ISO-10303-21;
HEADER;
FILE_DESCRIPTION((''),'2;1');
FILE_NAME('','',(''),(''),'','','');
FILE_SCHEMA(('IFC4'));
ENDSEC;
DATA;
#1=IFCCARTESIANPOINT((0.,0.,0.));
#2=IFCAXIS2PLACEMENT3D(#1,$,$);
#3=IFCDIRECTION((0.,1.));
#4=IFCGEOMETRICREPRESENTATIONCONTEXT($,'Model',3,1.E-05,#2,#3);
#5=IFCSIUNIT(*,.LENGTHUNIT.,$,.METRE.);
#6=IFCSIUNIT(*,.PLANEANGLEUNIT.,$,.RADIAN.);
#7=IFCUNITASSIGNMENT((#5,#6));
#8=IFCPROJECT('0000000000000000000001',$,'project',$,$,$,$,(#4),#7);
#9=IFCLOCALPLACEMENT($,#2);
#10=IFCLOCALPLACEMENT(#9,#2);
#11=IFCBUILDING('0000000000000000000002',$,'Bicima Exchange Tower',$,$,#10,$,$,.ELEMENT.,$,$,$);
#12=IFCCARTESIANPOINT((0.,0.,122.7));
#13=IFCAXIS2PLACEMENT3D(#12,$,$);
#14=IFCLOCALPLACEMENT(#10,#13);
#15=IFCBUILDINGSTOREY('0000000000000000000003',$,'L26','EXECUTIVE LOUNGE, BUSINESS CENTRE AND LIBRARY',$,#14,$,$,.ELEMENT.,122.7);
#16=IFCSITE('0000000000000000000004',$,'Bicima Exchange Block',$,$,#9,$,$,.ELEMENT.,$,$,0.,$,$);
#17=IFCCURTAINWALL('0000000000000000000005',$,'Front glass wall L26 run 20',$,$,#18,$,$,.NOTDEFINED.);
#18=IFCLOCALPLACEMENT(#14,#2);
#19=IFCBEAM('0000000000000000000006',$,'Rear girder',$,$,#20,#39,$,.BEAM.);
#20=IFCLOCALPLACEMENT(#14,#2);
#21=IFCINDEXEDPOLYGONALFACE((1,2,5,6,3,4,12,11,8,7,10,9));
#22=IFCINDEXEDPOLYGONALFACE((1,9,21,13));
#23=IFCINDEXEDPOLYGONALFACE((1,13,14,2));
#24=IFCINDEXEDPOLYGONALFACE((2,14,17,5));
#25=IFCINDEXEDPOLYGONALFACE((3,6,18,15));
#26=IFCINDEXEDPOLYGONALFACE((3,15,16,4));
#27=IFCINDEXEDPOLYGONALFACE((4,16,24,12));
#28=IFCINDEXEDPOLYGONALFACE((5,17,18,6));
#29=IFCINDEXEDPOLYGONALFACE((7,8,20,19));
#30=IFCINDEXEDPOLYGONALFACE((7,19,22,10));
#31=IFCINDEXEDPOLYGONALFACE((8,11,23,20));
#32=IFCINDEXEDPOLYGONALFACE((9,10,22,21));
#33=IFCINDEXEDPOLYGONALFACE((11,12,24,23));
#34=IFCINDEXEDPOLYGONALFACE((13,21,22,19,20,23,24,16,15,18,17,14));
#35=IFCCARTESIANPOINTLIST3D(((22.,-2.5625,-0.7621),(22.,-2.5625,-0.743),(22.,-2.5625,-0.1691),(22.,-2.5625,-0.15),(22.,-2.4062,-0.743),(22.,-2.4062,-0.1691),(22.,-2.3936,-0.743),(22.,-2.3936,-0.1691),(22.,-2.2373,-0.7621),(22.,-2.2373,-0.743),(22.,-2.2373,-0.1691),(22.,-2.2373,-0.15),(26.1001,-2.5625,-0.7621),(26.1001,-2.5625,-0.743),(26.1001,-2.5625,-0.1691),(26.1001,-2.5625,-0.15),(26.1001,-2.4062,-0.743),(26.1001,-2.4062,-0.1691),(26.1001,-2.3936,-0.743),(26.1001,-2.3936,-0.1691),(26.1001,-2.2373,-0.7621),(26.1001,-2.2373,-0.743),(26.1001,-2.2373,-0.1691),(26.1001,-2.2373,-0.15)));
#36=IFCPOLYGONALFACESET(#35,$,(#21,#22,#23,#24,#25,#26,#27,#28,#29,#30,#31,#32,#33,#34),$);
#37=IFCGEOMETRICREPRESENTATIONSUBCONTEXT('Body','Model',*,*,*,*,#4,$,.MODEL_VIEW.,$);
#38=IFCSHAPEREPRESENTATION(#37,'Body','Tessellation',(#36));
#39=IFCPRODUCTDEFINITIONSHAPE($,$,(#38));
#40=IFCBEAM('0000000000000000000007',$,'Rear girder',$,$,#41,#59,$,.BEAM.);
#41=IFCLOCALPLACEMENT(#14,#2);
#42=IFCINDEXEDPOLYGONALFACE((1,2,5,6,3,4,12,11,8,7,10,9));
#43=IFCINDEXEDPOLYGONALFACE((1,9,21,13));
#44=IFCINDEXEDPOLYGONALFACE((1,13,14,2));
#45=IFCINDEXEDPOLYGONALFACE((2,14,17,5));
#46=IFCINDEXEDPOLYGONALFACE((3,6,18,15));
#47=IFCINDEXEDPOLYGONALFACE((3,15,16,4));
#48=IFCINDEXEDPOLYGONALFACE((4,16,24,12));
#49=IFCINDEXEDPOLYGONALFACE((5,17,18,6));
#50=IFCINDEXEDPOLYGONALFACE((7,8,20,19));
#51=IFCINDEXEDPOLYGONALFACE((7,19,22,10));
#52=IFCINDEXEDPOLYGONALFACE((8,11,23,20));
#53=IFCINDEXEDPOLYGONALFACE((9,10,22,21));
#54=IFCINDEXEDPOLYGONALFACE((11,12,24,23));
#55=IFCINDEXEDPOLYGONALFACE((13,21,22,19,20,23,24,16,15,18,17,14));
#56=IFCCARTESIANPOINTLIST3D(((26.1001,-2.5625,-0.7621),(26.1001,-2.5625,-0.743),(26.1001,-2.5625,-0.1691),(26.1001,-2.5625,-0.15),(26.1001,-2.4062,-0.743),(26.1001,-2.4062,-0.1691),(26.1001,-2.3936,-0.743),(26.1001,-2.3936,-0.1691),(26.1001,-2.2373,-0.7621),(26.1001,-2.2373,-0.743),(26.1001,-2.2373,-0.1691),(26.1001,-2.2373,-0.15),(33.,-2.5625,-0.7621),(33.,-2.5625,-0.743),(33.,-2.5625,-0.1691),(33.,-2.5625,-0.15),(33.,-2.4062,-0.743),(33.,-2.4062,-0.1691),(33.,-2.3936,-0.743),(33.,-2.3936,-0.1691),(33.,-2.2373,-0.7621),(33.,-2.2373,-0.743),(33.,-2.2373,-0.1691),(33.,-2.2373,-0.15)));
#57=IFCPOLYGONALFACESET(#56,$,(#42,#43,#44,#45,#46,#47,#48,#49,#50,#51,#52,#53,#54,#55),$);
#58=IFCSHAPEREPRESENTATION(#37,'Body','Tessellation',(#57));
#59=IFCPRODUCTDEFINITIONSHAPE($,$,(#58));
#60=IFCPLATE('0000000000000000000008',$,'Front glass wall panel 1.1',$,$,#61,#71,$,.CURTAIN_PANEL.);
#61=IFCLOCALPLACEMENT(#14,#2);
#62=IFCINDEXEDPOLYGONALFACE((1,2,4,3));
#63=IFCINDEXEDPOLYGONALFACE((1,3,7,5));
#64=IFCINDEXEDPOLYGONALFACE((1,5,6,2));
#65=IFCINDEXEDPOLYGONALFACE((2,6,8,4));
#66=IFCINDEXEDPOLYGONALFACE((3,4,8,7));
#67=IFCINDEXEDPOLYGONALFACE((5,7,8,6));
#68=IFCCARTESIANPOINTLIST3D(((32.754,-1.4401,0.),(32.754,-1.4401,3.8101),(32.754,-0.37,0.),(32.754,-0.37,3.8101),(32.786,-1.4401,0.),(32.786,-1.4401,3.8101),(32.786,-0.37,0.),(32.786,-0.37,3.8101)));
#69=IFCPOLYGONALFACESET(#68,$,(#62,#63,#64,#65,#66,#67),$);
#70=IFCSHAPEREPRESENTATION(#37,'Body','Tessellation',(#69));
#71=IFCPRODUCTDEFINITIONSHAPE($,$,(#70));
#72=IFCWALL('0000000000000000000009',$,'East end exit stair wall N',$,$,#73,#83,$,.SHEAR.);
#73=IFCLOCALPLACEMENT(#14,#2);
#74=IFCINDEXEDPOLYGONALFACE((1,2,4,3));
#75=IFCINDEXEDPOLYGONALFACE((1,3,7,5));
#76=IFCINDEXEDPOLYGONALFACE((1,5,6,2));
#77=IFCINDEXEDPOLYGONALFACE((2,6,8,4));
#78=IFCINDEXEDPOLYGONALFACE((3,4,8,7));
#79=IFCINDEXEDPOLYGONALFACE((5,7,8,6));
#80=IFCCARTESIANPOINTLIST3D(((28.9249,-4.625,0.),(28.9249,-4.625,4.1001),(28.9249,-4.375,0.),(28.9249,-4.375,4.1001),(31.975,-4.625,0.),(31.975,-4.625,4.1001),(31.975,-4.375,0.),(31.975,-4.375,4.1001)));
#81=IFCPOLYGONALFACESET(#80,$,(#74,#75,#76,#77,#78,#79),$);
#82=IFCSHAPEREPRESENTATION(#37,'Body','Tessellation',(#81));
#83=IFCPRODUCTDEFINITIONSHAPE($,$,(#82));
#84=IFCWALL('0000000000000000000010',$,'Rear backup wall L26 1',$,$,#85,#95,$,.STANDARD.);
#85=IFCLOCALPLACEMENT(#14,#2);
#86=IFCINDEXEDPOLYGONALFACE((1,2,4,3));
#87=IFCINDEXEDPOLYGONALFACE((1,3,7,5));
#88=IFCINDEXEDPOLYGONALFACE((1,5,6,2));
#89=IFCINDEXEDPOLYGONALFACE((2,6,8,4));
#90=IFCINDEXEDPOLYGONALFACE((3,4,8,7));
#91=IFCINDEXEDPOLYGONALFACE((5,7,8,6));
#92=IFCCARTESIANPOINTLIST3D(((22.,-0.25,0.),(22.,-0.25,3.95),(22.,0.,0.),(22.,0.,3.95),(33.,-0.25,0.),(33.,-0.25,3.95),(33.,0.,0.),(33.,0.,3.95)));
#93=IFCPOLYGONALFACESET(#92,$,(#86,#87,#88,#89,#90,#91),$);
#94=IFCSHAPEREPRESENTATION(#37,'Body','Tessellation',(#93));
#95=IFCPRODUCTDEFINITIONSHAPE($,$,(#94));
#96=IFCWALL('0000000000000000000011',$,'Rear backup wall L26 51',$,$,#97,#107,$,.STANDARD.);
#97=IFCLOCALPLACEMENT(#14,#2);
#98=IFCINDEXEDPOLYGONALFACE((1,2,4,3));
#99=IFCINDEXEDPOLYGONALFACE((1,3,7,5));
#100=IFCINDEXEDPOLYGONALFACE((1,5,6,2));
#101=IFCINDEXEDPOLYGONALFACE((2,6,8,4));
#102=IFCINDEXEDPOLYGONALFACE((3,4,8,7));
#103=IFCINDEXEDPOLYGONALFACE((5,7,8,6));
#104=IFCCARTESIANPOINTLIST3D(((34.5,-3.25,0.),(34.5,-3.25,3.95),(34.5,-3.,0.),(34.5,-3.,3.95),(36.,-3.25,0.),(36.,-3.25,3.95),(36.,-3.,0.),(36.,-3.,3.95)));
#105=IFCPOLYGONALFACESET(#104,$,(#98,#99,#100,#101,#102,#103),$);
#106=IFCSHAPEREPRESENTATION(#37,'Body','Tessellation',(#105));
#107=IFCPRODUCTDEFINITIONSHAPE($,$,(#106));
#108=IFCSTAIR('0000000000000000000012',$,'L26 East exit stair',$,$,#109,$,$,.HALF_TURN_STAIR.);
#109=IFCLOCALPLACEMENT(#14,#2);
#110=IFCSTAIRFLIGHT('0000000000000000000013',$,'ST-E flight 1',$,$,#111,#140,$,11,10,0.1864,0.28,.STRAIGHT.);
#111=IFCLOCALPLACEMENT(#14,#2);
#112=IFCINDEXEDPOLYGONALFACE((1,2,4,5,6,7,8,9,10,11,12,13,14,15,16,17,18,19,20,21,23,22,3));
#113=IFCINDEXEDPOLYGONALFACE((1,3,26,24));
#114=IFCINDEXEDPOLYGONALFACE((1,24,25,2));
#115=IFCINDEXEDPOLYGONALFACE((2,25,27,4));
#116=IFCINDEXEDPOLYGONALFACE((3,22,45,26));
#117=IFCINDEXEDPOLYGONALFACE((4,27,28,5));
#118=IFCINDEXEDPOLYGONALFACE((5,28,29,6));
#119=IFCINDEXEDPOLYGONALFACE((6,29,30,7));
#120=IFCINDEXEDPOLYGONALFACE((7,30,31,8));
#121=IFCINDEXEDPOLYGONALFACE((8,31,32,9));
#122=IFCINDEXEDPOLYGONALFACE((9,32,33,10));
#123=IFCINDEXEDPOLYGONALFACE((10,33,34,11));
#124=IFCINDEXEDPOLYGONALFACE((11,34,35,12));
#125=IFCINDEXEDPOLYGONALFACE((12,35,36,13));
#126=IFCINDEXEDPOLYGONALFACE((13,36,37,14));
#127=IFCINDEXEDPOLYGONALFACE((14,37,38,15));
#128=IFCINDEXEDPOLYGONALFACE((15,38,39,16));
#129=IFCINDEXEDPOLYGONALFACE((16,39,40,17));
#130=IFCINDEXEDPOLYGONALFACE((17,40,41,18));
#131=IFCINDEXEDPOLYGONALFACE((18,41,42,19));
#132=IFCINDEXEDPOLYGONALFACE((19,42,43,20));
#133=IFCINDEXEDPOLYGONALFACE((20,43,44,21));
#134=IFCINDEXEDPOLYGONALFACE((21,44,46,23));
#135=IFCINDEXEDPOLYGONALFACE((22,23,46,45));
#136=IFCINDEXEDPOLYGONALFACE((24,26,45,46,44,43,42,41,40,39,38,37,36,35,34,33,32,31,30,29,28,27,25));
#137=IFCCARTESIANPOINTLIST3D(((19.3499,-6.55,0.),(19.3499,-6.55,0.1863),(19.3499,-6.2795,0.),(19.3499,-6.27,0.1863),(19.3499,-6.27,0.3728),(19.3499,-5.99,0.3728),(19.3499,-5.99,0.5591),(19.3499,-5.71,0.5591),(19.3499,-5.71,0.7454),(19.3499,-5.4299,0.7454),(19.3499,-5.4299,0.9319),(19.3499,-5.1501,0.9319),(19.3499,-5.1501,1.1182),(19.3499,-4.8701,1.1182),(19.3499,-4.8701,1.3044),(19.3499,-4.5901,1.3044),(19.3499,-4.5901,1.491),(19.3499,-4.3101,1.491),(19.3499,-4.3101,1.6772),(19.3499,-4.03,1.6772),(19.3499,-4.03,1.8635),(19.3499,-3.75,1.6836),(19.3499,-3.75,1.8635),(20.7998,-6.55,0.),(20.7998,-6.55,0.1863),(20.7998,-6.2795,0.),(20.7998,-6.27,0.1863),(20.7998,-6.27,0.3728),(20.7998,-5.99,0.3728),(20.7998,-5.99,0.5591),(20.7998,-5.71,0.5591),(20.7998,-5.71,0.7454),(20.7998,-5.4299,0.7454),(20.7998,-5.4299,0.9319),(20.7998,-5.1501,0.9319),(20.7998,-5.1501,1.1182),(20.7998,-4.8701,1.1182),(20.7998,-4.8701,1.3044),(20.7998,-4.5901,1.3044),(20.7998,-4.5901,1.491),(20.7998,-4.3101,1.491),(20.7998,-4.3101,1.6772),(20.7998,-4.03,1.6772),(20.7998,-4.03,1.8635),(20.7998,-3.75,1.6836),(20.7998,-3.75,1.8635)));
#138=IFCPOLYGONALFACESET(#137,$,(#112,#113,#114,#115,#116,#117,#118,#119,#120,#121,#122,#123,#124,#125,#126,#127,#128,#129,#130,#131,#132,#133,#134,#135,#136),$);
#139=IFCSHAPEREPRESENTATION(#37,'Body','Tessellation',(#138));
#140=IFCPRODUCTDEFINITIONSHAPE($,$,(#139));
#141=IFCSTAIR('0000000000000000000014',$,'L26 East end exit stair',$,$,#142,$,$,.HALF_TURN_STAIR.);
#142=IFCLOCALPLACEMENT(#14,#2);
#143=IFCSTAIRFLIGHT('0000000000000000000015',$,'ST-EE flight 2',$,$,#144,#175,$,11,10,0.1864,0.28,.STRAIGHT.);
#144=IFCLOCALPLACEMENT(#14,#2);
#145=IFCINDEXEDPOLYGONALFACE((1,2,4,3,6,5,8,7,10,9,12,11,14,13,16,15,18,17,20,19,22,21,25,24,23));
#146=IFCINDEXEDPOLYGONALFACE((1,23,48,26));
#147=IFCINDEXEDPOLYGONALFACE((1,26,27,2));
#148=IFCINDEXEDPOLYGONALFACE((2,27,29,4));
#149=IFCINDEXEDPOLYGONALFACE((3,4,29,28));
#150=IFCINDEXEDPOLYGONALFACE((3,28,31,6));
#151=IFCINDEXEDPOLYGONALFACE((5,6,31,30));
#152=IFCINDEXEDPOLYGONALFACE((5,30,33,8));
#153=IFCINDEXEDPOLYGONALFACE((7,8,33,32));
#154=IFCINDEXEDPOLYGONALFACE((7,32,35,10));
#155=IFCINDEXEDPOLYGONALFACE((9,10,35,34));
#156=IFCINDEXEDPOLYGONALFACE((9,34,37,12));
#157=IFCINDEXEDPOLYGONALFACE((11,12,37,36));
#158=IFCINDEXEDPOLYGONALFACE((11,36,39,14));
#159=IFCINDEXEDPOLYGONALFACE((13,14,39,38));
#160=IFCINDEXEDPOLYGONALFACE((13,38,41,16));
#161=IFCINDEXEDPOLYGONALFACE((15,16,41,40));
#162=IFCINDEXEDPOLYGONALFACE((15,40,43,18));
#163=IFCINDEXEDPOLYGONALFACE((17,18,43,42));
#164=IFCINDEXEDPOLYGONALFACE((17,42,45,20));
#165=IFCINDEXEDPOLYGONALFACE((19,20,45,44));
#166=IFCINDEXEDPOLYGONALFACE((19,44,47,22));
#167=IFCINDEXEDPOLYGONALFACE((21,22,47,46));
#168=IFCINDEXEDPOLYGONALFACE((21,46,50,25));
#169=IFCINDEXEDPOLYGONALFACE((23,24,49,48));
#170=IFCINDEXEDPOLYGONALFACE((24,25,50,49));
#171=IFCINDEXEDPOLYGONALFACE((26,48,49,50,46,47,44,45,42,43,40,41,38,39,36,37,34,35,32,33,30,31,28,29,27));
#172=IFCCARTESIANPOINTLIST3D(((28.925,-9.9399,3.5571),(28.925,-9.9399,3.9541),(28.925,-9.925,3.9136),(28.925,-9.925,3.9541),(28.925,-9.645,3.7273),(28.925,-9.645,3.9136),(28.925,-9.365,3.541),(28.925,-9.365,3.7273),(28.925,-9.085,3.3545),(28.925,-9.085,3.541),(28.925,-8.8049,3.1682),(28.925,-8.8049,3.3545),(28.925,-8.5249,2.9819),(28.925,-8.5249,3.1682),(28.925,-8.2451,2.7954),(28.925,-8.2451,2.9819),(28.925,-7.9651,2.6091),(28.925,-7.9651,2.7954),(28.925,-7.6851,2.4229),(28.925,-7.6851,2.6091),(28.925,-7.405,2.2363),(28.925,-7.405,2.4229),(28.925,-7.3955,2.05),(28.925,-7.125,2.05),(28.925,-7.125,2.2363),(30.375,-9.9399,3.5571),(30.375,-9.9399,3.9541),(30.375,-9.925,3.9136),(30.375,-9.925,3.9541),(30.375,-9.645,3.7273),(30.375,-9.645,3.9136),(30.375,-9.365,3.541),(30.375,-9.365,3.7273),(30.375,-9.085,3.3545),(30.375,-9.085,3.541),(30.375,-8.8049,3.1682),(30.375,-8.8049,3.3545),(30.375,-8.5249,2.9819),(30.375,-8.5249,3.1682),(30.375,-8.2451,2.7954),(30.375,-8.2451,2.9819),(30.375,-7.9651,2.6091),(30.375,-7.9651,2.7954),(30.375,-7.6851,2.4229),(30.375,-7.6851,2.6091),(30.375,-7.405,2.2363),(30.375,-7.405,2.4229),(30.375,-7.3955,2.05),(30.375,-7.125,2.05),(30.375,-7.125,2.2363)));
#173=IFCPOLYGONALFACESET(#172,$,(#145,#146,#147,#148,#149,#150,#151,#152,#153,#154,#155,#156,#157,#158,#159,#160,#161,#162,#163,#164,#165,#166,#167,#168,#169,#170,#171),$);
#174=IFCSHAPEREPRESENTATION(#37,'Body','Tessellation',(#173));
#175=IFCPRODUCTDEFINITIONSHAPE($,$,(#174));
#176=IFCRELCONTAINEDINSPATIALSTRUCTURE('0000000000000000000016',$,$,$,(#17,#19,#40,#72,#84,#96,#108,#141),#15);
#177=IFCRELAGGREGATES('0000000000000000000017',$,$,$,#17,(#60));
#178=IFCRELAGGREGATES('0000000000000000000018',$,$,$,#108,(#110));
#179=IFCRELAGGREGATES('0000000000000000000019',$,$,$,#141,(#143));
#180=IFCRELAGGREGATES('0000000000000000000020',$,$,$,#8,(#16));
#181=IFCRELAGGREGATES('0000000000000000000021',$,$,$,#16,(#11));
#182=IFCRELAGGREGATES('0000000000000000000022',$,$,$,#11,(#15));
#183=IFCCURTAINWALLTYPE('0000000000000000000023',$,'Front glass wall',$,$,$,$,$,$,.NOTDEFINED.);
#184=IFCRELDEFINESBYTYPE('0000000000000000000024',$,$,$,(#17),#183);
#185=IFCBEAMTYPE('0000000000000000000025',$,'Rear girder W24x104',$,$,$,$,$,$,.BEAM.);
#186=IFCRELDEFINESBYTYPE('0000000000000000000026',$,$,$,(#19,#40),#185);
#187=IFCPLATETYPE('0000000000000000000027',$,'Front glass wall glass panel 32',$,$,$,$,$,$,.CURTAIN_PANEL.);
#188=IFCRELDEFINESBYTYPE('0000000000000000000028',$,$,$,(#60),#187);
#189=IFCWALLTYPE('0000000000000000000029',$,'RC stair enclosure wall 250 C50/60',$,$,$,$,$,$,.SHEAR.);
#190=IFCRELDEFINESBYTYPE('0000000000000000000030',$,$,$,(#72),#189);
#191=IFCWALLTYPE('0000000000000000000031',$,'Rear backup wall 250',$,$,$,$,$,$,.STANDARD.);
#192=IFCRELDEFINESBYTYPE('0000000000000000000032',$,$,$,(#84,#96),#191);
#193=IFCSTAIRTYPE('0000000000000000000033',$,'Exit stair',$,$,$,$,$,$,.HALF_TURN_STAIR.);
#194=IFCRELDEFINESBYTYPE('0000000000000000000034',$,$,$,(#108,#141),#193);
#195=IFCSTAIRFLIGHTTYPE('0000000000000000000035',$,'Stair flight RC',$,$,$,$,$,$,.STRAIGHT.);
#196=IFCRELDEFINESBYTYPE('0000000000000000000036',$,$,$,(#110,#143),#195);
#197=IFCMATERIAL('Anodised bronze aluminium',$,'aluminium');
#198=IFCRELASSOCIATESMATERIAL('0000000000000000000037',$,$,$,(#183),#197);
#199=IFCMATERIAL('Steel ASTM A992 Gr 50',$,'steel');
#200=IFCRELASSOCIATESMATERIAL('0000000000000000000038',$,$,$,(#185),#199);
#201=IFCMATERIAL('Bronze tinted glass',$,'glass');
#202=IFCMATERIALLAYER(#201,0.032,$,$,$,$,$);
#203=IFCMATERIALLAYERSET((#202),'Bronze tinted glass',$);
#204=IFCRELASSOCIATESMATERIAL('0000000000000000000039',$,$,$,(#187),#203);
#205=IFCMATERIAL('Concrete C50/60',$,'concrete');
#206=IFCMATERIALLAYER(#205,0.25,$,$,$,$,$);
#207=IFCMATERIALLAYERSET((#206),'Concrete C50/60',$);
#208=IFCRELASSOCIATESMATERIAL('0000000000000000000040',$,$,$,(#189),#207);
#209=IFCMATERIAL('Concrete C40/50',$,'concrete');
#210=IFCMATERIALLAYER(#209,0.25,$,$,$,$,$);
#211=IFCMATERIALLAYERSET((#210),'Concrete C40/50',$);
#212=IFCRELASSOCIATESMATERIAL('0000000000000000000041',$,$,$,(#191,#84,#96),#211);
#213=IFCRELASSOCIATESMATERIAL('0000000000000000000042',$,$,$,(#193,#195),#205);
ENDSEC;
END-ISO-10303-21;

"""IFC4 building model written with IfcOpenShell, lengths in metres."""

from ifc_helpers import new_model, si_unit, direction, frame, frame_2d, origin, origin_2d, place, context, subcontext, project, spatial, polyline, rectangle, i_section, outline, extrude, material, layer, layer_set, layer_usage, material_profile, profile_set, type_object, element, aggregate, save


model = new_model("IFC4")

# Units and contexts
model_context = context("Model", 3, precision=1e-05, world=origin(), true_north=direction((0.0, 1.0)))
body_context = subcontext(model_context, "Body", "Model", "MODEL_VIEW")
ifc_project = project(units=[si_unit("LENGTHUNIT", "METRE"), si_unit("PLANEANGLEUNIT", "RADIAN")], contexts=[model_context])

# Site, building, storey
site_placement = place(None, origin())
site = spatial("IfcSite", under=ifc_project, at=site_placement, Name="Bicima Exchange Block", CompositionType="ELEMENT", RefElevation=0.0)
building_placement = place(site_placement, origin())
building = spatial("IfcBuilding", under=site, at=building_placement, Name="Bicima Exchange Tower", CompositionType="ELEMENT")
storey_placement = place(building_placement, frame((0.0, 0.0, 122.7)))
storey = spatial("IfcBuildingStorey", under=building, at=storey_placement, Name="L26", Description="EXECUTIVE LOUNGE, BUSINESS CENTRE AND LIBRARY", CompositionType="ELEMENT", Elevation=122.7)

# Shared definitions
ifc_material_1 = material(Name="Steel ASTM A992 Gr 50", Category="steel")

# Curtain wall
ifc_material_2 = material(Name="Anodised bronze aluminium", Category="aluminium")
curtain_wall_type = type_object("IfcCurtainWallType", Name="Front glass wall", PredefinedType="NOTDEFINED", material=ifc_material_2)
curtain_wall_placement = place(storey_placement, origin())
curtain_wall = element("IfcCurtainWall", 1, at=curtain_wall_placement, inside=storey, type_object=curtain_wall_type, Name="Front glass wall L26 run 20", PredefinedType="NOTDEFINED")

# Beams
ifc_material_profile_1 = material_profile(ifc_material_1, i_section(OverallWidth=0.3252, OverallDepth=0.6121, WebThickness=0.0127, FlangeThickness=0.019, at=origin_2d()))
ifc_profile_set_1 = profile_set([ifc_material_profile_1], Name="Steel ASTM A992 Gr 50")
beam_type_1 = type_object("IfcBeamType", Name="Rear girder W24x104", PredefinedType="BEAM", material=ifc_profile_set_1)
beam_1_placement = place(storey_placement, frame((22.0, -2.3999, -0.4561), z_axis=(1.0, 0.0, 0.0), x_axis=(0.0, 1.0, 0.0)))
element("IfcBeam", 2, at=beam_1_placement, inside=storey, type_object=beam_type_1, Name="Rear girder", PredefinedType="BEAM", context=body_context, shape_type="SweptSolid", body=[
    extrude(i_section(OverallWidth=0.3252, OverallDepth=0.6121, WebThickness=0.0127, FlangeThickness=0.019, at=origin_2d()), origin(), (0.0, 0.0, 1.0), 4.1001),
])
beam_2_placement = place(storey_placement, frame((26.1001, -2.3999, -0.4561), z_axis=(1.0, 0.0, 0.0), x_axis=(0.0, 1.0, 0.0)))
element("IfcBeam", 3, at=beam_2_placement, inside=storey, type_object=beam_type_1, Name="Rear girder", PredefinedType="BEAM", context=body_context, shape_type="SweptSolid", body=[
    extrude(i_section(OverallWidth=0.3252, OverallDepth=0.6121, WebThickness=0.0127, FlangeThickness=0.019, at=origin_2d()), origin(), (0.0, 0.0, 1.0), 6.8999),
])

# Plate
ifc_material_3 = material(Name="Bronze tinted glass", Category="glass")
ifc_layer_1 = layer(ifc_material_3, 0.032)
ifc_layer_set_1 = layer_set([ifc_layer_1], Name="Bronze tinted glass")
plate_type = type_object("IfcPlateType", Name="Front glass wall glass panel 32", PredefinedType="CURTAIN_PANEL", material=ifc_layer_set_1)
plate_placement = place(storey_placement, frame((32.77, -0.905, 0.0), z_axis=(0.0, 0.0, 1.0), x_axis=(0.0, 1.0, 0.0)))
plate = element("IfcPlate", 4, at=plate_placement, type_object=plate_type, Name="Front glass wall panel 1.1", PredefinedType="CURTAIN_PANEL", context=body_context, shape_type="SweptSolid", body=[
    extrude(rectangle(XDim=1.0701, YDim=0.032, at=origin_2d()), origin(), (0.0, 0.0, 1.0), 3.8101),
])
aggregate(curtain_wall, [plate])

# Walls
ifc_material_4 = material(Name="Concrete C50/60", Category="concrete")
ifc_layer_2 = layer(ifc_material_4, 0.25)
ifc_layer_set_2 = layer_set([ifc_layer_2], Name="Concrete C50/60")
wall_type_1 = type_object("IfcWallType", Name="RC stair enclosure wall 250 C50/60", PredefinedType="SHEAR", material=ifc_layer_set_2)
wall_1_placement = place(storey_placement, frame((28.925, -4.5, 0.0), z_axis=(0.0, 0.0, 1.0), x_axis=(1.0, 0.0, 0.0)))
element("IfcWall", 5, at=wall_1_placement, inside=storey, type_object=wall_type_1, Name="East end exit stair wall N", PredefinedType="SHEAR", context=body_context, shape_type="SweptSolid", body=[
    extrude(rectangle(XDim=3.05, YDim=0.25, at=frame_2d((1.5249, 0.0))), origin(), (0.0, 0.0, 1.0), 4.1001),
])
ifc_material_5 = material(Name="Concrete C40/50", Category="concrete")
ifc_layer_3 = layer(ifc_material_5, 0.25)
ifc_layer_set_3 = layer_set([ifc_layer_3], Name="Concrete C40/50")
ifc_layer_usage = layer_usage(ifc_layer_set_3, "AXIS2", "POSITIVE", -0.125)
wall_type_2 = type_object("IfcWallType", Name="Rear backup wall 250", PredefinedType="STANDARD", material=ifc_layer_set_3)
wall_2_placement = place(storey_placement, frame((33.0, -0.125, 0.0), z_axis=(0.0, 0.0, 1.0), x_axis=(-1.0, 0.0, 0.0)))
element("IfcWall", 6, at=wall_2_placement, inside=storey, type_object=wall_type_2, material=ifc_layer_usage, Name="Rear backup wall L26 1", PredefinedType="STANDARD", context=body_context, shape_type="SweptSolid", body=[
    extrude(rectangle(XDim=11.0, YDim=0.25, at=frame_2d((5.5, 0.0))), origin(), (0.0, 0.0, 1.0), 3.95),
])
wall_3_placement = place(storey_placement, frame((36.0, -3.125, 0.0), z_axis=(0.0, 0.0, 1.0), x_axis=(-1.0, 0.0, 0.0)))
element("IfcWall", 7, at=wall_3_placement, inside=storey, type_object=wall_type_2, material=ifc_layer_usage, Name="Rear backup wall L26 51", PredefinedType="STANDARD", context=body_context, shape_type="SweptSolid", body=[
    extrude(rectangle(XDim=1.5, YDim=0.25, at=frame_2d((0.75, 0.0))), origin(), (0.0, 0.0, 1.0), 3.95),
])

# Stairs, stair flights
stair_type = type_object("IfcStairType", Name="Exit stair", PredefinedType="HALF_TURN_STAIR", material=ifc_material_4)
stair_1_placement = place(storey_placement, origin())
stair_1 = element("IfcStair", 8, at=stair_1_placement, inside=storey, type_object=stair_type, Name="L26 East exit stair", PredefinedType="HALF_TURN_STAIR")
stair_flight_type = type_object("IfcStairFlightType", Name="Stair flight RC", PredefinedType="STRAIGHT", material=ifc_material_4)
stair_flight_1_placement = place(storey_placement, frame((20.075, -6.55, 0.0), z_axis=(0.0, 0.0, 1.0), x_axis=(0.0, 1.0, 0.0)))
stair_flight_1 = element("IfcStairFlight", 9, at=stair_flight_1_placement, type_object=stair_flight_type, Name="ST-E flight 1", NumberOfRisers=11, NumberOfTreads=10, PredefinedType="STRAIGHT", RiserHeight=0.1864, TreadLength=0.28, context=body_context, shape_type="SweptSolid", body=[
    extrude(outline(polyline([(0.0, 0.0), (0.0, 0.1863), (0.28, 0.1863), (0.28, 0.3728), (0.5601, 0.3728), (0.5601, 0.5591), (0.8401, 0.5591), (0.8401, 0.7454), (1.1201, 0.7454), (1.1201, 0.9319), (1.3999, 0.9319), (1.3999, 1.1182), (1.6799, 1.1182), (1.6799, 1.3044), (1.96, 1.3044), (1.96, 1.491), (2.24, 1.491), (2.24, 1.6772), (2.52, 1.6772), (2.52, 1.8635), (2.8, 1.8635), (2.8, 2.05), (2.8, 1.6836), (0.2705, 0.0), (0.0, 0.0)])), frame((0.0, 0.7251, 0.0), z_axis=(0.0, -1.0, 0.0), x_axis=(1.0, 0.0, 0.0)), (0.0, 0.0, 1.0), 1.45),
])
aggregate(stair_1, [stair_flight_1])
stair_2_placement = place(storey_placement, origin())
stair_2 = element("IfcStair", 10, at=stair_2_placement, inside=storey, type_object=stair_type, Name="L26 East end exit stair", PredefinedType="HALF_TURN_STAIR")
stair_flight_2_placement = place(storey_placement, frame((29.6499, -7.125, 2.05), z_axis=(0.0, 0.0, 1.0), x_axis=(0.0, -1.0, 0.0)))
stair_flight_2 = element("IfcStairFlight", 11, at=stair_flight_2_placement, type_object=stair_flight_type, Name="ST-EE flight 2", NumberOfRisers=11, NumberOfTreads=10, PredefinedType="STRAIGHT", RiserHeight=0.1864, TreadLength=0.28, context=body_context, shape_type="SweptSolid", body=[
    extrude(outline(polyline([(0.0, 0.0), (0.0, 0.1863), (0.28, 0.1863), (0.28, 0.3728), (0.5601, 0.3728), (0.5601, 0.5591), (0.8401, 0.5591), (0.8401, 0.7454), (1.1201, 0.7454), (1.1201, 0.9319), (1.3999, 0.9319), (1.3999, 1.1182), (1.6799, 1.1182), (1.6799, 1.3044), (1.96, 1.3044), (1.96, 1.491), (2.24, 1.491), (2.24, 1.6772), (2.52, 1.6772), (2.52, 1.8635), (2.8, 1.8635), (2.8, 1.9041), (2.8149, 1.9041), (2.8149, 1.5071), (0.2705, 0.0), (0.0, 0.0)])), frame((0.0, 0.7251, 0.0), z_axis=(0.0, -1.0, 0.0), x_axis=(1.0, 0.0, 0.0)), (0.0, 0.0, 1.0), 1.45),
])
aggregate(stair_2, [stair_flight_2])

save(model, "model.ifc")
